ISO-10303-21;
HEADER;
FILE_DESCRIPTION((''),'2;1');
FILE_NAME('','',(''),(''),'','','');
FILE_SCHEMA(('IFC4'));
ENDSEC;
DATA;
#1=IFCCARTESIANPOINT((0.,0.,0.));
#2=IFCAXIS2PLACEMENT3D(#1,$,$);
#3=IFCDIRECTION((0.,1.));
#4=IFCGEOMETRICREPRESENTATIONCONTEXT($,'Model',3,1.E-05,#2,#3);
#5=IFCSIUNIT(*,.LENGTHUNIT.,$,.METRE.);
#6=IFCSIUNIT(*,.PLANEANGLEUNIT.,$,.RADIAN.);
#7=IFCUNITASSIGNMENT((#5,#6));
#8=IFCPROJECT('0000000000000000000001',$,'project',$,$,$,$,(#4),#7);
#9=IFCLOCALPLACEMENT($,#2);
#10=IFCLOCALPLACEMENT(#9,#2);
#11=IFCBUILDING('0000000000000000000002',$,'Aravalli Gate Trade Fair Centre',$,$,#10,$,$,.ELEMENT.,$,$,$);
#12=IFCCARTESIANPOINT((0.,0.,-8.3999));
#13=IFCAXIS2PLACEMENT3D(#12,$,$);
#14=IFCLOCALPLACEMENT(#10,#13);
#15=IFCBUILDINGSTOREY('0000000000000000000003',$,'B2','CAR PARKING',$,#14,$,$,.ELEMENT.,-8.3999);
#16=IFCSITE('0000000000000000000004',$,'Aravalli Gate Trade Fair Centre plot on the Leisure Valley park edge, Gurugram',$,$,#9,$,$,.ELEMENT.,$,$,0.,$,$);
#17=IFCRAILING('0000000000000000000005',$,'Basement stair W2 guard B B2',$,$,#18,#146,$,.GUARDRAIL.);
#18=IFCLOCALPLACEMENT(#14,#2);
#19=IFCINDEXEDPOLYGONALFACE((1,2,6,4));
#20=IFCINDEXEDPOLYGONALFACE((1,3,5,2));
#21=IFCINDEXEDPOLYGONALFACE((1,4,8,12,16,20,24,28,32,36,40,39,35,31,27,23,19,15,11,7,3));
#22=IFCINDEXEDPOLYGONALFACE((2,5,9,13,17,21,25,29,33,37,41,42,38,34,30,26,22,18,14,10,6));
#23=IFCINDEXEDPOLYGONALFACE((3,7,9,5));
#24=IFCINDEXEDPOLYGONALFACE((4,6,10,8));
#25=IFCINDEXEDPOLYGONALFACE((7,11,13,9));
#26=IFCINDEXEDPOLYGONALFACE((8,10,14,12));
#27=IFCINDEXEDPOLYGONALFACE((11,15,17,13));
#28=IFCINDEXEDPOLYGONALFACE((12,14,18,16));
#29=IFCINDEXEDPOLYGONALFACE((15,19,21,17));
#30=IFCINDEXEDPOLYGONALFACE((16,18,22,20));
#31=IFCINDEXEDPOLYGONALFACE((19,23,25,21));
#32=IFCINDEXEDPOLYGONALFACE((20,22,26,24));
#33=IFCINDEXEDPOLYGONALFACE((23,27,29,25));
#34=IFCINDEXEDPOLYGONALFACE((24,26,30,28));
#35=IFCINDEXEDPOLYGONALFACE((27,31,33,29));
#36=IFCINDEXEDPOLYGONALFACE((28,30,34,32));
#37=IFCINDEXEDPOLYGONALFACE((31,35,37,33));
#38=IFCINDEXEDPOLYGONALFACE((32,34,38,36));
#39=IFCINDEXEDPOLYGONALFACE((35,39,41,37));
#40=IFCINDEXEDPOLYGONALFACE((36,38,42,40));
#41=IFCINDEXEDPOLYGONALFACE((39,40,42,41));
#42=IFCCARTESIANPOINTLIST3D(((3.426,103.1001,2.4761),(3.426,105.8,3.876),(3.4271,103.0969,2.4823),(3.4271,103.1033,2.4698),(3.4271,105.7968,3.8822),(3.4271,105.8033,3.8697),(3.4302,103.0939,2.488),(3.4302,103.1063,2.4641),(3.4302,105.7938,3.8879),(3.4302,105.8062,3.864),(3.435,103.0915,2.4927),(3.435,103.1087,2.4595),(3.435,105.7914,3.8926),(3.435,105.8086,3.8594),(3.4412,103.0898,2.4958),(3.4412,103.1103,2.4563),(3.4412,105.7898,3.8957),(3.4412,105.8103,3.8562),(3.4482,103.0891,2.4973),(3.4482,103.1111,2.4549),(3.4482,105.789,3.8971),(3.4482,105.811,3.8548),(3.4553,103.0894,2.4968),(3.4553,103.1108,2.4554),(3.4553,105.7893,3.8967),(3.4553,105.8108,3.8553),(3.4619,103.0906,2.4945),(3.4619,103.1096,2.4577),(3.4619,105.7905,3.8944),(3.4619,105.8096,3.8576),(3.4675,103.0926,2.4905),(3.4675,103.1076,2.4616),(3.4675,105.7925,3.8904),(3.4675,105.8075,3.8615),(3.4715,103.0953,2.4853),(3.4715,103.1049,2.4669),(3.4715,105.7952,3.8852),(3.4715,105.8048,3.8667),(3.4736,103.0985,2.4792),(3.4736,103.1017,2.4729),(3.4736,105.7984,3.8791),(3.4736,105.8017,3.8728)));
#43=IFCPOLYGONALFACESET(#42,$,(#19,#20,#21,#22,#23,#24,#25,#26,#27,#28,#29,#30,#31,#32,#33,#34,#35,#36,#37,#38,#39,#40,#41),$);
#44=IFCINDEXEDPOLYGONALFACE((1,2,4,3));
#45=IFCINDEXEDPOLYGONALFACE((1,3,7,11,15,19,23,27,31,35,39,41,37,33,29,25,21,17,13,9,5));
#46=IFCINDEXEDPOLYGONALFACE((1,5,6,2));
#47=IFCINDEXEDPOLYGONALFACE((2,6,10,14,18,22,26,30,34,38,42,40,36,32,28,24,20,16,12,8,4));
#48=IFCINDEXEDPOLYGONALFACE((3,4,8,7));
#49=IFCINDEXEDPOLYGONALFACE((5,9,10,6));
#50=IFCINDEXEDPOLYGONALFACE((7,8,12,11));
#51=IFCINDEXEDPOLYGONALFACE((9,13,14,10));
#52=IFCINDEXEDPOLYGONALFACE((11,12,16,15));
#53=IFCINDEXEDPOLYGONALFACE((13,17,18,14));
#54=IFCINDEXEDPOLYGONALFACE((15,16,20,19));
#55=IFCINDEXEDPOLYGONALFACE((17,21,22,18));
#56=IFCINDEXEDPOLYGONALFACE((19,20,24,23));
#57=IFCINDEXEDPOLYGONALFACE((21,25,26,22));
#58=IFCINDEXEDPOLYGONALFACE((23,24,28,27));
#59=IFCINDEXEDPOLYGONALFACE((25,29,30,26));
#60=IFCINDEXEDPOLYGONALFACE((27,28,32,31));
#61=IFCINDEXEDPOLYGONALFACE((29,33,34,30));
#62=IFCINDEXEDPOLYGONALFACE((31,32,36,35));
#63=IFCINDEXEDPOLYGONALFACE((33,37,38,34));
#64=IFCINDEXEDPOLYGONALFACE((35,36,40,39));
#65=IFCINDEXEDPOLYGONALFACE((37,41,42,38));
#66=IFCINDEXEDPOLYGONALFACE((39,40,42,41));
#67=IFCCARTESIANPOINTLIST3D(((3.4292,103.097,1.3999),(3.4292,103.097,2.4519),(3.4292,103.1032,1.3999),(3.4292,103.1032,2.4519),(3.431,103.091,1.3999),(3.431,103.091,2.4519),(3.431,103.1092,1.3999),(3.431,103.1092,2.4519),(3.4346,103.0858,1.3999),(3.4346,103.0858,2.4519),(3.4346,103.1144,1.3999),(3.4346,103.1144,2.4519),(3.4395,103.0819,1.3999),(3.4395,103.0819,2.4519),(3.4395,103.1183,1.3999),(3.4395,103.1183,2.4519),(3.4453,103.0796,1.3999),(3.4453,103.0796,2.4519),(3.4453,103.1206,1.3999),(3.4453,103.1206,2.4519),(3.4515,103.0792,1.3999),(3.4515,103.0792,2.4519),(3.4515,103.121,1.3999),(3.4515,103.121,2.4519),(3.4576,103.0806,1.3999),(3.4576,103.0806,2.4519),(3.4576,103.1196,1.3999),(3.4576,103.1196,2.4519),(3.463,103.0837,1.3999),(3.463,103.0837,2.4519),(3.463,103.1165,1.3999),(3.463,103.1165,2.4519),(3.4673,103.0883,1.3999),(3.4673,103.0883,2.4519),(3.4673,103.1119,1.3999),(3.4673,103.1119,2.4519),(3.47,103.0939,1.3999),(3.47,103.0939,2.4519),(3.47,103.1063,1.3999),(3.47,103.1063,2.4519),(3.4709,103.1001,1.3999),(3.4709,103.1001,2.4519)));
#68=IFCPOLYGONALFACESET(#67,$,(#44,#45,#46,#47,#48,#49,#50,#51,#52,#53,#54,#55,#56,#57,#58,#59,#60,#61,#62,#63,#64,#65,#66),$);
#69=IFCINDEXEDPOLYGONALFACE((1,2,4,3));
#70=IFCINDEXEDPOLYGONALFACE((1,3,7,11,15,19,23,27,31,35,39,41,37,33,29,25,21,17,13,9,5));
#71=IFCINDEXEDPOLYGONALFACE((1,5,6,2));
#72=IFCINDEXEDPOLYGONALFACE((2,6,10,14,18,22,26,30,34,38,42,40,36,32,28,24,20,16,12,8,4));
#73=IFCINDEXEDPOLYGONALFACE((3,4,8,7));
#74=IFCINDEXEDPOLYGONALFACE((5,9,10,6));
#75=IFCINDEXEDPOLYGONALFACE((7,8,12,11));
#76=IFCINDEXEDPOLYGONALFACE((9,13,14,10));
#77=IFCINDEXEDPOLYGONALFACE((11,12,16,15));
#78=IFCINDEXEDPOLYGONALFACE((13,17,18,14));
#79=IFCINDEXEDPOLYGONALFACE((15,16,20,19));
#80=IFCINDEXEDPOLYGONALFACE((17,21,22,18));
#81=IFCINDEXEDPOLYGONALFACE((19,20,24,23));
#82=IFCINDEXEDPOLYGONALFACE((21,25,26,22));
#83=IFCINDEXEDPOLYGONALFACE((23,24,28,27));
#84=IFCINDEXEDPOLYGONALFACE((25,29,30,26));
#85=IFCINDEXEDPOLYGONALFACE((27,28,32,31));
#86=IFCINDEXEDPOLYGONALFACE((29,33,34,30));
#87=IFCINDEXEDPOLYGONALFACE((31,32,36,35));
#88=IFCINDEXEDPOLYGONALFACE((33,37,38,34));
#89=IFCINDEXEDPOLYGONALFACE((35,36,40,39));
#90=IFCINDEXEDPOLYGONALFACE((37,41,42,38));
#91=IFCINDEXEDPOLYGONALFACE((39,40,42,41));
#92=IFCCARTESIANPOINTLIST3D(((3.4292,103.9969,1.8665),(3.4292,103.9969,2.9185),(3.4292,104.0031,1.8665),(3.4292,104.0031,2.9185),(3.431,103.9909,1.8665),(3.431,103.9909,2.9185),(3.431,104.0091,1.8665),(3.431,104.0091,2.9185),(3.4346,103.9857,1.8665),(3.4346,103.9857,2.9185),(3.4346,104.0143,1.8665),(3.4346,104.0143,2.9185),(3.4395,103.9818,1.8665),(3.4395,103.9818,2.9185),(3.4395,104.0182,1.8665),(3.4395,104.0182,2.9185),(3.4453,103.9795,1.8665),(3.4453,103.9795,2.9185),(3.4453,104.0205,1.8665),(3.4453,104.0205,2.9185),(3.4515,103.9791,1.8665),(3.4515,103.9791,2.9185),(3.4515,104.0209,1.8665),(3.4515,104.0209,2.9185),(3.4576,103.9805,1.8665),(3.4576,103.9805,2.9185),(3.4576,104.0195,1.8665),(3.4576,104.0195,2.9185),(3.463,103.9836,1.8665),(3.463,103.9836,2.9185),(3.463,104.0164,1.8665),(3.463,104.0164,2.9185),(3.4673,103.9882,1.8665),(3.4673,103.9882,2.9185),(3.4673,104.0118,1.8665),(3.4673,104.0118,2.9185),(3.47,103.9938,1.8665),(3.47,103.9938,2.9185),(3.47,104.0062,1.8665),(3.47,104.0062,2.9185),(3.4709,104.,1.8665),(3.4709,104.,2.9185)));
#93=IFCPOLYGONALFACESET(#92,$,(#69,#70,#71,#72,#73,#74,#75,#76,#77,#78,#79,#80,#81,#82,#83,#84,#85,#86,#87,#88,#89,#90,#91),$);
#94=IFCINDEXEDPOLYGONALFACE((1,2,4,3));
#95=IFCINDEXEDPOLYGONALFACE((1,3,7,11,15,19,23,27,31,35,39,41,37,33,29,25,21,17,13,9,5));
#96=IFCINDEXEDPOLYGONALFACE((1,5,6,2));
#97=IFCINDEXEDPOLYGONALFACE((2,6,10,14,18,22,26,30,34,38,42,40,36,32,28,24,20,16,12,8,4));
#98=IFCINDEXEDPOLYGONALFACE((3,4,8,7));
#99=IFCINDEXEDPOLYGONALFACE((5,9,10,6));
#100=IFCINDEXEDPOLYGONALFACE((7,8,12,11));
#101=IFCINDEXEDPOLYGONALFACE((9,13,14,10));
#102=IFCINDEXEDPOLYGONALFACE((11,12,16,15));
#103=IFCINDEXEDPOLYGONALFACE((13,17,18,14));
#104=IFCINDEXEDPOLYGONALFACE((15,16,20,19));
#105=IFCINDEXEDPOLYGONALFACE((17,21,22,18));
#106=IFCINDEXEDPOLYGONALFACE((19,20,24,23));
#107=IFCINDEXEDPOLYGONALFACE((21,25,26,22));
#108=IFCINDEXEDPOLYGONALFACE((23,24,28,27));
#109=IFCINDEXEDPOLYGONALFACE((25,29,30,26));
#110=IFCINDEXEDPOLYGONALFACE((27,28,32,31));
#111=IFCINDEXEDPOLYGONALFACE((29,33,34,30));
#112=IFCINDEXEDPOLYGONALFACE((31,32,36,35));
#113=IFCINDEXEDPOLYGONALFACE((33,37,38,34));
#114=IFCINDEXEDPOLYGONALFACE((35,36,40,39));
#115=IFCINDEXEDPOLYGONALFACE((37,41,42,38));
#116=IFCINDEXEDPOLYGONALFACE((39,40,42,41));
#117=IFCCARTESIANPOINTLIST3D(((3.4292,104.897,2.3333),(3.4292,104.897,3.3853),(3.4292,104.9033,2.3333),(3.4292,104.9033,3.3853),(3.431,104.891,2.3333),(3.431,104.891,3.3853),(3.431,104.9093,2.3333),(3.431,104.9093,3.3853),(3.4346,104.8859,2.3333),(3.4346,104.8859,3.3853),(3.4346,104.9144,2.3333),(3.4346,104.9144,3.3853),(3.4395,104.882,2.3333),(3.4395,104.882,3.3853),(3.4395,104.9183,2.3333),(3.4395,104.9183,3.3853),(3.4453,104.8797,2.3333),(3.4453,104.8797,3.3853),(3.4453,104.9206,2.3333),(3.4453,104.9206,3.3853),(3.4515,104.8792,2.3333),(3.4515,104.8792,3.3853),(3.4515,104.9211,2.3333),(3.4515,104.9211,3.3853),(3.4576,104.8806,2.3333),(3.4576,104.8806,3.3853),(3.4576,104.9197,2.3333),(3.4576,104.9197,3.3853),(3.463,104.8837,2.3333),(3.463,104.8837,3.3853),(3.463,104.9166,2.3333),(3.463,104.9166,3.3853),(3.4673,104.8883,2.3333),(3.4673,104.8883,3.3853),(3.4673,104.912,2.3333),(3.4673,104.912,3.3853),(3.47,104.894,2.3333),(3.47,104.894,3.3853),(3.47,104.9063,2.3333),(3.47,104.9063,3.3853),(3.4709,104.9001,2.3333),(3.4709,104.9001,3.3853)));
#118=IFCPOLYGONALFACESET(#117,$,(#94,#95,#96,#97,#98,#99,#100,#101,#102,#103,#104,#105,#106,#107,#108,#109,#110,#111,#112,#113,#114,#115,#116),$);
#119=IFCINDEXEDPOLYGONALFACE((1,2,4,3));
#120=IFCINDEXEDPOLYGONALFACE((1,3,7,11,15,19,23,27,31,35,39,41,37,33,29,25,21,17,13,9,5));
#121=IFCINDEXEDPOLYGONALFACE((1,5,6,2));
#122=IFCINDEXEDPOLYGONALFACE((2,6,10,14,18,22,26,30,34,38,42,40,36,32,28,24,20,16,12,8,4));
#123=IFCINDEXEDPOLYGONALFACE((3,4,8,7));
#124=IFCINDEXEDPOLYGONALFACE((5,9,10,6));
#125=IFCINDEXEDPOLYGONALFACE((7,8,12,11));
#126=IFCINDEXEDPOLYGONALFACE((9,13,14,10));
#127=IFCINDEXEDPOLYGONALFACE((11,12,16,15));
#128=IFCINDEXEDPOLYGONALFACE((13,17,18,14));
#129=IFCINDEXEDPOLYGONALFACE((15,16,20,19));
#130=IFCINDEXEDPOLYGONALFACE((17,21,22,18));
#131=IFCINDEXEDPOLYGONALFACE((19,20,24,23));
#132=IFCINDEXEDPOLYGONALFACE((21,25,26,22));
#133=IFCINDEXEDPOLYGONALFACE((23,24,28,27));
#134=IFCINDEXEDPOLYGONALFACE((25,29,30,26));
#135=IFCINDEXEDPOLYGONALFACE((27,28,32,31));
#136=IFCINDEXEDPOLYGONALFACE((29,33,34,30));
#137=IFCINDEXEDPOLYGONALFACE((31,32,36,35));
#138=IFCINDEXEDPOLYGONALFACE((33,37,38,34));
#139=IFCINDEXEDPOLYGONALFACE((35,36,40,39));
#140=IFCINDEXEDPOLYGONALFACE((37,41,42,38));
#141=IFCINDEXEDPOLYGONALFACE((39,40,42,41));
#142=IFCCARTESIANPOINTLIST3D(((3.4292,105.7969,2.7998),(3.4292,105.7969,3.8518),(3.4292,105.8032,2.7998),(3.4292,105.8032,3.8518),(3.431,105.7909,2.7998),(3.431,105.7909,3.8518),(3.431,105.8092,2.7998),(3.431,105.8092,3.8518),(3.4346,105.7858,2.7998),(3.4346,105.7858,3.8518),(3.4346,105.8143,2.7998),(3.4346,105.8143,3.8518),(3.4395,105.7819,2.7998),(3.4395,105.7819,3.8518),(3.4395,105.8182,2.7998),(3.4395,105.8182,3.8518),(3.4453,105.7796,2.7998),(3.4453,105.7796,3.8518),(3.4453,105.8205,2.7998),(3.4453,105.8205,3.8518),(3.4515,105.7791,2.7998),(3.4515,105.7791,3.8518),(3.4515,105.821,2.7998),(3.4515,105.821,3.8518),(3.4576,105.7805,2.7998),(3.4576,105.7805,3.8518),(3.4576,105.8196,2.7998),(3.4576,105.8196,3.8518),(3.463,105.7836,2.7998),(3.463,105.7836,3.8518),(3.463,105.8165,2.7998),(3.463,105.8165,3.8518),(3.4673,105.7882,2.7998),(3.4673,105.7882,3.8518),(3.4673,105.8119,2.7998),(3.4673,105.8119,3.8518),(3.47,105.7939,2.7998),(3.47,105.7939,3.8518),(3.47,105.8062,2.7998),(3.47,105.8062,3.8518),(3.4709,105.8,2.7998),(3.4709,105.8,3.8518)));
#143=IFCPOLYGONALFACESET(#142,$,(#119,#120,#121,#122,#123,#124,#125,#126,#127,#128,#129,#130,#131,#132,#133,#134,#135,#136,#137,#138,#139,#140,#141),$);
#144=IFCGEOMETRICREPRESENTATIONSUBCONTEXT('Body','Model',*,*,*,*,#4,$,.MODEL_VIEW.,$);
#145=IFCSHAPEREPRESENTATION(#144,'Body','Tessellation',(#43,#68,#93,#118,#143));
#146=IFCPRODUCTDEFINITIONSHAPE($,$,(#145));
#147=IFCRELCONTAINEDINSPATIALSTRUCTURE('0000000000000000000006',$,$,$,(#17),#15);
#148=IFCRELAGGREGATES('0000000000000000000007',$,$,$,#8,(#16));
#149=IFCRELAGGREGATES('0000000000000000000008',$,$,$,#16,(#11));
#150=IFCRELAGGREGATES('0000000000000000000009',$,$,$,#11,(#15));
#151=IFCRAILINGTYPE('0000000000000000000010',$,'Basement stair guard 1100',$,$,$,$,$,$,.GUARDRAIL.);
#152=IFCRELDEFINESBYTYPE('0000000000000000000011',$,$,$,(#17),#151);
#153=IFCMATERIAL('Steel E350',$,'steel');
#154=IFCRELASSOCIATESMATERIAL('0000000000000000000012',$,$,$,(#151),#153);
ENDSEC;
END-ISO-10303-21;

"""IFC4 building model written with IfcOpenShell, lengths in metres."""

from ifc_helpers import new_model, si_unit, direction, frame, origin, origin_2d, place, context, subcontext, project, spatial, circle, extrude, material, type_object, element, save


model = new_model("IFC4")

# Units and contexts
model_context = context("Model", 3, precision=1e-05, world=origin(), true_north=direction((0.0, 1.0)))
body_context = subcontext(model_context, "Body", "Model", "MODEL_VIEW")
ifc_project = project(units=[si_unit("LENGTHUNIT", "METRE"), si_unit("PLANEANGLEUNIT", "RADIAN")], contexts=[model_context])

# Site, building, storey
site_placement = place(None, origin())
site = spatial("IfcSite", under=ifc_project, at=site_placement, Name="Aravalli Gate Trade Fair Centre plot on the Leisure Valley park edge, Gurugram", CompositionType="ELEMENT", RefElevation=0.0)
building_placement = place(site_placement, origin())
building = spatial("IfcBuilding", under=site, at=building_placement, Name="Aravalli Gate Trade Fair Centre", CompositionType="ELEMENT")
storey_placement = place(building_placement, frame((0.0, 0.0, -8.3999)))
storey = spatial("IfcBuildingStorey", under=building, at=storey_placement, Name="B2", Description="CAR PARKING", CompositionType="ELEMENT", Elevation=-8.3999)

# Railing
ifc_material_1 = material(Name="Steel E350", Category="steel")
railing_type_1 = type_object("IfcRailingType", Name="Basement stair guard 1100", PredefinedType="GUARDRAIL", material=ifc_material_1)
railing_1_placement = place(storey_placement, frame((3.45, 103.1001, 1.3999)))
element("IfcRailing", 1, at=railing_1_placement, inside=storey, type_object=railing_type_1, Name="Basement stair W2 guard B B2", PredefinedType="GUARDRAIL", context=body_context, shape_type="SweptSolid", body=[
    extrude(circle(Radius=0.0239, at=origin_2d()), frame((0.0, 0.0, 1.0762), z_axis=(0.0, 0.887764, 0.460298), x_axis=(-1.0, 0.0, 0.0)), (0.0, 0.0, 1.0), 3.0413),
    extrude(circle(Radius=0.021, at=origin_2d()), origin(), (0.0, 0.0, 1.0), 1.052),
    extrude(circle(Radius=0.021, at=origin_2d()), frame((0.0, 0.8999, 0.4666)), (0.0, 0.0, 1.0), 1.052),
    extrude(circle(Radius=0.021, at=origin_2d()), frame((0.0, 1.8, 0.9333)), (0.0, 0.0, 1.0), 1.052),
    extrude(circle(Radius=0.021, at=origin_2d()), frame((0.0, 2.7, 1.3999)), (0.0, 0.0, 1.0), 1.052),
])

save(model, "model.ifc")
